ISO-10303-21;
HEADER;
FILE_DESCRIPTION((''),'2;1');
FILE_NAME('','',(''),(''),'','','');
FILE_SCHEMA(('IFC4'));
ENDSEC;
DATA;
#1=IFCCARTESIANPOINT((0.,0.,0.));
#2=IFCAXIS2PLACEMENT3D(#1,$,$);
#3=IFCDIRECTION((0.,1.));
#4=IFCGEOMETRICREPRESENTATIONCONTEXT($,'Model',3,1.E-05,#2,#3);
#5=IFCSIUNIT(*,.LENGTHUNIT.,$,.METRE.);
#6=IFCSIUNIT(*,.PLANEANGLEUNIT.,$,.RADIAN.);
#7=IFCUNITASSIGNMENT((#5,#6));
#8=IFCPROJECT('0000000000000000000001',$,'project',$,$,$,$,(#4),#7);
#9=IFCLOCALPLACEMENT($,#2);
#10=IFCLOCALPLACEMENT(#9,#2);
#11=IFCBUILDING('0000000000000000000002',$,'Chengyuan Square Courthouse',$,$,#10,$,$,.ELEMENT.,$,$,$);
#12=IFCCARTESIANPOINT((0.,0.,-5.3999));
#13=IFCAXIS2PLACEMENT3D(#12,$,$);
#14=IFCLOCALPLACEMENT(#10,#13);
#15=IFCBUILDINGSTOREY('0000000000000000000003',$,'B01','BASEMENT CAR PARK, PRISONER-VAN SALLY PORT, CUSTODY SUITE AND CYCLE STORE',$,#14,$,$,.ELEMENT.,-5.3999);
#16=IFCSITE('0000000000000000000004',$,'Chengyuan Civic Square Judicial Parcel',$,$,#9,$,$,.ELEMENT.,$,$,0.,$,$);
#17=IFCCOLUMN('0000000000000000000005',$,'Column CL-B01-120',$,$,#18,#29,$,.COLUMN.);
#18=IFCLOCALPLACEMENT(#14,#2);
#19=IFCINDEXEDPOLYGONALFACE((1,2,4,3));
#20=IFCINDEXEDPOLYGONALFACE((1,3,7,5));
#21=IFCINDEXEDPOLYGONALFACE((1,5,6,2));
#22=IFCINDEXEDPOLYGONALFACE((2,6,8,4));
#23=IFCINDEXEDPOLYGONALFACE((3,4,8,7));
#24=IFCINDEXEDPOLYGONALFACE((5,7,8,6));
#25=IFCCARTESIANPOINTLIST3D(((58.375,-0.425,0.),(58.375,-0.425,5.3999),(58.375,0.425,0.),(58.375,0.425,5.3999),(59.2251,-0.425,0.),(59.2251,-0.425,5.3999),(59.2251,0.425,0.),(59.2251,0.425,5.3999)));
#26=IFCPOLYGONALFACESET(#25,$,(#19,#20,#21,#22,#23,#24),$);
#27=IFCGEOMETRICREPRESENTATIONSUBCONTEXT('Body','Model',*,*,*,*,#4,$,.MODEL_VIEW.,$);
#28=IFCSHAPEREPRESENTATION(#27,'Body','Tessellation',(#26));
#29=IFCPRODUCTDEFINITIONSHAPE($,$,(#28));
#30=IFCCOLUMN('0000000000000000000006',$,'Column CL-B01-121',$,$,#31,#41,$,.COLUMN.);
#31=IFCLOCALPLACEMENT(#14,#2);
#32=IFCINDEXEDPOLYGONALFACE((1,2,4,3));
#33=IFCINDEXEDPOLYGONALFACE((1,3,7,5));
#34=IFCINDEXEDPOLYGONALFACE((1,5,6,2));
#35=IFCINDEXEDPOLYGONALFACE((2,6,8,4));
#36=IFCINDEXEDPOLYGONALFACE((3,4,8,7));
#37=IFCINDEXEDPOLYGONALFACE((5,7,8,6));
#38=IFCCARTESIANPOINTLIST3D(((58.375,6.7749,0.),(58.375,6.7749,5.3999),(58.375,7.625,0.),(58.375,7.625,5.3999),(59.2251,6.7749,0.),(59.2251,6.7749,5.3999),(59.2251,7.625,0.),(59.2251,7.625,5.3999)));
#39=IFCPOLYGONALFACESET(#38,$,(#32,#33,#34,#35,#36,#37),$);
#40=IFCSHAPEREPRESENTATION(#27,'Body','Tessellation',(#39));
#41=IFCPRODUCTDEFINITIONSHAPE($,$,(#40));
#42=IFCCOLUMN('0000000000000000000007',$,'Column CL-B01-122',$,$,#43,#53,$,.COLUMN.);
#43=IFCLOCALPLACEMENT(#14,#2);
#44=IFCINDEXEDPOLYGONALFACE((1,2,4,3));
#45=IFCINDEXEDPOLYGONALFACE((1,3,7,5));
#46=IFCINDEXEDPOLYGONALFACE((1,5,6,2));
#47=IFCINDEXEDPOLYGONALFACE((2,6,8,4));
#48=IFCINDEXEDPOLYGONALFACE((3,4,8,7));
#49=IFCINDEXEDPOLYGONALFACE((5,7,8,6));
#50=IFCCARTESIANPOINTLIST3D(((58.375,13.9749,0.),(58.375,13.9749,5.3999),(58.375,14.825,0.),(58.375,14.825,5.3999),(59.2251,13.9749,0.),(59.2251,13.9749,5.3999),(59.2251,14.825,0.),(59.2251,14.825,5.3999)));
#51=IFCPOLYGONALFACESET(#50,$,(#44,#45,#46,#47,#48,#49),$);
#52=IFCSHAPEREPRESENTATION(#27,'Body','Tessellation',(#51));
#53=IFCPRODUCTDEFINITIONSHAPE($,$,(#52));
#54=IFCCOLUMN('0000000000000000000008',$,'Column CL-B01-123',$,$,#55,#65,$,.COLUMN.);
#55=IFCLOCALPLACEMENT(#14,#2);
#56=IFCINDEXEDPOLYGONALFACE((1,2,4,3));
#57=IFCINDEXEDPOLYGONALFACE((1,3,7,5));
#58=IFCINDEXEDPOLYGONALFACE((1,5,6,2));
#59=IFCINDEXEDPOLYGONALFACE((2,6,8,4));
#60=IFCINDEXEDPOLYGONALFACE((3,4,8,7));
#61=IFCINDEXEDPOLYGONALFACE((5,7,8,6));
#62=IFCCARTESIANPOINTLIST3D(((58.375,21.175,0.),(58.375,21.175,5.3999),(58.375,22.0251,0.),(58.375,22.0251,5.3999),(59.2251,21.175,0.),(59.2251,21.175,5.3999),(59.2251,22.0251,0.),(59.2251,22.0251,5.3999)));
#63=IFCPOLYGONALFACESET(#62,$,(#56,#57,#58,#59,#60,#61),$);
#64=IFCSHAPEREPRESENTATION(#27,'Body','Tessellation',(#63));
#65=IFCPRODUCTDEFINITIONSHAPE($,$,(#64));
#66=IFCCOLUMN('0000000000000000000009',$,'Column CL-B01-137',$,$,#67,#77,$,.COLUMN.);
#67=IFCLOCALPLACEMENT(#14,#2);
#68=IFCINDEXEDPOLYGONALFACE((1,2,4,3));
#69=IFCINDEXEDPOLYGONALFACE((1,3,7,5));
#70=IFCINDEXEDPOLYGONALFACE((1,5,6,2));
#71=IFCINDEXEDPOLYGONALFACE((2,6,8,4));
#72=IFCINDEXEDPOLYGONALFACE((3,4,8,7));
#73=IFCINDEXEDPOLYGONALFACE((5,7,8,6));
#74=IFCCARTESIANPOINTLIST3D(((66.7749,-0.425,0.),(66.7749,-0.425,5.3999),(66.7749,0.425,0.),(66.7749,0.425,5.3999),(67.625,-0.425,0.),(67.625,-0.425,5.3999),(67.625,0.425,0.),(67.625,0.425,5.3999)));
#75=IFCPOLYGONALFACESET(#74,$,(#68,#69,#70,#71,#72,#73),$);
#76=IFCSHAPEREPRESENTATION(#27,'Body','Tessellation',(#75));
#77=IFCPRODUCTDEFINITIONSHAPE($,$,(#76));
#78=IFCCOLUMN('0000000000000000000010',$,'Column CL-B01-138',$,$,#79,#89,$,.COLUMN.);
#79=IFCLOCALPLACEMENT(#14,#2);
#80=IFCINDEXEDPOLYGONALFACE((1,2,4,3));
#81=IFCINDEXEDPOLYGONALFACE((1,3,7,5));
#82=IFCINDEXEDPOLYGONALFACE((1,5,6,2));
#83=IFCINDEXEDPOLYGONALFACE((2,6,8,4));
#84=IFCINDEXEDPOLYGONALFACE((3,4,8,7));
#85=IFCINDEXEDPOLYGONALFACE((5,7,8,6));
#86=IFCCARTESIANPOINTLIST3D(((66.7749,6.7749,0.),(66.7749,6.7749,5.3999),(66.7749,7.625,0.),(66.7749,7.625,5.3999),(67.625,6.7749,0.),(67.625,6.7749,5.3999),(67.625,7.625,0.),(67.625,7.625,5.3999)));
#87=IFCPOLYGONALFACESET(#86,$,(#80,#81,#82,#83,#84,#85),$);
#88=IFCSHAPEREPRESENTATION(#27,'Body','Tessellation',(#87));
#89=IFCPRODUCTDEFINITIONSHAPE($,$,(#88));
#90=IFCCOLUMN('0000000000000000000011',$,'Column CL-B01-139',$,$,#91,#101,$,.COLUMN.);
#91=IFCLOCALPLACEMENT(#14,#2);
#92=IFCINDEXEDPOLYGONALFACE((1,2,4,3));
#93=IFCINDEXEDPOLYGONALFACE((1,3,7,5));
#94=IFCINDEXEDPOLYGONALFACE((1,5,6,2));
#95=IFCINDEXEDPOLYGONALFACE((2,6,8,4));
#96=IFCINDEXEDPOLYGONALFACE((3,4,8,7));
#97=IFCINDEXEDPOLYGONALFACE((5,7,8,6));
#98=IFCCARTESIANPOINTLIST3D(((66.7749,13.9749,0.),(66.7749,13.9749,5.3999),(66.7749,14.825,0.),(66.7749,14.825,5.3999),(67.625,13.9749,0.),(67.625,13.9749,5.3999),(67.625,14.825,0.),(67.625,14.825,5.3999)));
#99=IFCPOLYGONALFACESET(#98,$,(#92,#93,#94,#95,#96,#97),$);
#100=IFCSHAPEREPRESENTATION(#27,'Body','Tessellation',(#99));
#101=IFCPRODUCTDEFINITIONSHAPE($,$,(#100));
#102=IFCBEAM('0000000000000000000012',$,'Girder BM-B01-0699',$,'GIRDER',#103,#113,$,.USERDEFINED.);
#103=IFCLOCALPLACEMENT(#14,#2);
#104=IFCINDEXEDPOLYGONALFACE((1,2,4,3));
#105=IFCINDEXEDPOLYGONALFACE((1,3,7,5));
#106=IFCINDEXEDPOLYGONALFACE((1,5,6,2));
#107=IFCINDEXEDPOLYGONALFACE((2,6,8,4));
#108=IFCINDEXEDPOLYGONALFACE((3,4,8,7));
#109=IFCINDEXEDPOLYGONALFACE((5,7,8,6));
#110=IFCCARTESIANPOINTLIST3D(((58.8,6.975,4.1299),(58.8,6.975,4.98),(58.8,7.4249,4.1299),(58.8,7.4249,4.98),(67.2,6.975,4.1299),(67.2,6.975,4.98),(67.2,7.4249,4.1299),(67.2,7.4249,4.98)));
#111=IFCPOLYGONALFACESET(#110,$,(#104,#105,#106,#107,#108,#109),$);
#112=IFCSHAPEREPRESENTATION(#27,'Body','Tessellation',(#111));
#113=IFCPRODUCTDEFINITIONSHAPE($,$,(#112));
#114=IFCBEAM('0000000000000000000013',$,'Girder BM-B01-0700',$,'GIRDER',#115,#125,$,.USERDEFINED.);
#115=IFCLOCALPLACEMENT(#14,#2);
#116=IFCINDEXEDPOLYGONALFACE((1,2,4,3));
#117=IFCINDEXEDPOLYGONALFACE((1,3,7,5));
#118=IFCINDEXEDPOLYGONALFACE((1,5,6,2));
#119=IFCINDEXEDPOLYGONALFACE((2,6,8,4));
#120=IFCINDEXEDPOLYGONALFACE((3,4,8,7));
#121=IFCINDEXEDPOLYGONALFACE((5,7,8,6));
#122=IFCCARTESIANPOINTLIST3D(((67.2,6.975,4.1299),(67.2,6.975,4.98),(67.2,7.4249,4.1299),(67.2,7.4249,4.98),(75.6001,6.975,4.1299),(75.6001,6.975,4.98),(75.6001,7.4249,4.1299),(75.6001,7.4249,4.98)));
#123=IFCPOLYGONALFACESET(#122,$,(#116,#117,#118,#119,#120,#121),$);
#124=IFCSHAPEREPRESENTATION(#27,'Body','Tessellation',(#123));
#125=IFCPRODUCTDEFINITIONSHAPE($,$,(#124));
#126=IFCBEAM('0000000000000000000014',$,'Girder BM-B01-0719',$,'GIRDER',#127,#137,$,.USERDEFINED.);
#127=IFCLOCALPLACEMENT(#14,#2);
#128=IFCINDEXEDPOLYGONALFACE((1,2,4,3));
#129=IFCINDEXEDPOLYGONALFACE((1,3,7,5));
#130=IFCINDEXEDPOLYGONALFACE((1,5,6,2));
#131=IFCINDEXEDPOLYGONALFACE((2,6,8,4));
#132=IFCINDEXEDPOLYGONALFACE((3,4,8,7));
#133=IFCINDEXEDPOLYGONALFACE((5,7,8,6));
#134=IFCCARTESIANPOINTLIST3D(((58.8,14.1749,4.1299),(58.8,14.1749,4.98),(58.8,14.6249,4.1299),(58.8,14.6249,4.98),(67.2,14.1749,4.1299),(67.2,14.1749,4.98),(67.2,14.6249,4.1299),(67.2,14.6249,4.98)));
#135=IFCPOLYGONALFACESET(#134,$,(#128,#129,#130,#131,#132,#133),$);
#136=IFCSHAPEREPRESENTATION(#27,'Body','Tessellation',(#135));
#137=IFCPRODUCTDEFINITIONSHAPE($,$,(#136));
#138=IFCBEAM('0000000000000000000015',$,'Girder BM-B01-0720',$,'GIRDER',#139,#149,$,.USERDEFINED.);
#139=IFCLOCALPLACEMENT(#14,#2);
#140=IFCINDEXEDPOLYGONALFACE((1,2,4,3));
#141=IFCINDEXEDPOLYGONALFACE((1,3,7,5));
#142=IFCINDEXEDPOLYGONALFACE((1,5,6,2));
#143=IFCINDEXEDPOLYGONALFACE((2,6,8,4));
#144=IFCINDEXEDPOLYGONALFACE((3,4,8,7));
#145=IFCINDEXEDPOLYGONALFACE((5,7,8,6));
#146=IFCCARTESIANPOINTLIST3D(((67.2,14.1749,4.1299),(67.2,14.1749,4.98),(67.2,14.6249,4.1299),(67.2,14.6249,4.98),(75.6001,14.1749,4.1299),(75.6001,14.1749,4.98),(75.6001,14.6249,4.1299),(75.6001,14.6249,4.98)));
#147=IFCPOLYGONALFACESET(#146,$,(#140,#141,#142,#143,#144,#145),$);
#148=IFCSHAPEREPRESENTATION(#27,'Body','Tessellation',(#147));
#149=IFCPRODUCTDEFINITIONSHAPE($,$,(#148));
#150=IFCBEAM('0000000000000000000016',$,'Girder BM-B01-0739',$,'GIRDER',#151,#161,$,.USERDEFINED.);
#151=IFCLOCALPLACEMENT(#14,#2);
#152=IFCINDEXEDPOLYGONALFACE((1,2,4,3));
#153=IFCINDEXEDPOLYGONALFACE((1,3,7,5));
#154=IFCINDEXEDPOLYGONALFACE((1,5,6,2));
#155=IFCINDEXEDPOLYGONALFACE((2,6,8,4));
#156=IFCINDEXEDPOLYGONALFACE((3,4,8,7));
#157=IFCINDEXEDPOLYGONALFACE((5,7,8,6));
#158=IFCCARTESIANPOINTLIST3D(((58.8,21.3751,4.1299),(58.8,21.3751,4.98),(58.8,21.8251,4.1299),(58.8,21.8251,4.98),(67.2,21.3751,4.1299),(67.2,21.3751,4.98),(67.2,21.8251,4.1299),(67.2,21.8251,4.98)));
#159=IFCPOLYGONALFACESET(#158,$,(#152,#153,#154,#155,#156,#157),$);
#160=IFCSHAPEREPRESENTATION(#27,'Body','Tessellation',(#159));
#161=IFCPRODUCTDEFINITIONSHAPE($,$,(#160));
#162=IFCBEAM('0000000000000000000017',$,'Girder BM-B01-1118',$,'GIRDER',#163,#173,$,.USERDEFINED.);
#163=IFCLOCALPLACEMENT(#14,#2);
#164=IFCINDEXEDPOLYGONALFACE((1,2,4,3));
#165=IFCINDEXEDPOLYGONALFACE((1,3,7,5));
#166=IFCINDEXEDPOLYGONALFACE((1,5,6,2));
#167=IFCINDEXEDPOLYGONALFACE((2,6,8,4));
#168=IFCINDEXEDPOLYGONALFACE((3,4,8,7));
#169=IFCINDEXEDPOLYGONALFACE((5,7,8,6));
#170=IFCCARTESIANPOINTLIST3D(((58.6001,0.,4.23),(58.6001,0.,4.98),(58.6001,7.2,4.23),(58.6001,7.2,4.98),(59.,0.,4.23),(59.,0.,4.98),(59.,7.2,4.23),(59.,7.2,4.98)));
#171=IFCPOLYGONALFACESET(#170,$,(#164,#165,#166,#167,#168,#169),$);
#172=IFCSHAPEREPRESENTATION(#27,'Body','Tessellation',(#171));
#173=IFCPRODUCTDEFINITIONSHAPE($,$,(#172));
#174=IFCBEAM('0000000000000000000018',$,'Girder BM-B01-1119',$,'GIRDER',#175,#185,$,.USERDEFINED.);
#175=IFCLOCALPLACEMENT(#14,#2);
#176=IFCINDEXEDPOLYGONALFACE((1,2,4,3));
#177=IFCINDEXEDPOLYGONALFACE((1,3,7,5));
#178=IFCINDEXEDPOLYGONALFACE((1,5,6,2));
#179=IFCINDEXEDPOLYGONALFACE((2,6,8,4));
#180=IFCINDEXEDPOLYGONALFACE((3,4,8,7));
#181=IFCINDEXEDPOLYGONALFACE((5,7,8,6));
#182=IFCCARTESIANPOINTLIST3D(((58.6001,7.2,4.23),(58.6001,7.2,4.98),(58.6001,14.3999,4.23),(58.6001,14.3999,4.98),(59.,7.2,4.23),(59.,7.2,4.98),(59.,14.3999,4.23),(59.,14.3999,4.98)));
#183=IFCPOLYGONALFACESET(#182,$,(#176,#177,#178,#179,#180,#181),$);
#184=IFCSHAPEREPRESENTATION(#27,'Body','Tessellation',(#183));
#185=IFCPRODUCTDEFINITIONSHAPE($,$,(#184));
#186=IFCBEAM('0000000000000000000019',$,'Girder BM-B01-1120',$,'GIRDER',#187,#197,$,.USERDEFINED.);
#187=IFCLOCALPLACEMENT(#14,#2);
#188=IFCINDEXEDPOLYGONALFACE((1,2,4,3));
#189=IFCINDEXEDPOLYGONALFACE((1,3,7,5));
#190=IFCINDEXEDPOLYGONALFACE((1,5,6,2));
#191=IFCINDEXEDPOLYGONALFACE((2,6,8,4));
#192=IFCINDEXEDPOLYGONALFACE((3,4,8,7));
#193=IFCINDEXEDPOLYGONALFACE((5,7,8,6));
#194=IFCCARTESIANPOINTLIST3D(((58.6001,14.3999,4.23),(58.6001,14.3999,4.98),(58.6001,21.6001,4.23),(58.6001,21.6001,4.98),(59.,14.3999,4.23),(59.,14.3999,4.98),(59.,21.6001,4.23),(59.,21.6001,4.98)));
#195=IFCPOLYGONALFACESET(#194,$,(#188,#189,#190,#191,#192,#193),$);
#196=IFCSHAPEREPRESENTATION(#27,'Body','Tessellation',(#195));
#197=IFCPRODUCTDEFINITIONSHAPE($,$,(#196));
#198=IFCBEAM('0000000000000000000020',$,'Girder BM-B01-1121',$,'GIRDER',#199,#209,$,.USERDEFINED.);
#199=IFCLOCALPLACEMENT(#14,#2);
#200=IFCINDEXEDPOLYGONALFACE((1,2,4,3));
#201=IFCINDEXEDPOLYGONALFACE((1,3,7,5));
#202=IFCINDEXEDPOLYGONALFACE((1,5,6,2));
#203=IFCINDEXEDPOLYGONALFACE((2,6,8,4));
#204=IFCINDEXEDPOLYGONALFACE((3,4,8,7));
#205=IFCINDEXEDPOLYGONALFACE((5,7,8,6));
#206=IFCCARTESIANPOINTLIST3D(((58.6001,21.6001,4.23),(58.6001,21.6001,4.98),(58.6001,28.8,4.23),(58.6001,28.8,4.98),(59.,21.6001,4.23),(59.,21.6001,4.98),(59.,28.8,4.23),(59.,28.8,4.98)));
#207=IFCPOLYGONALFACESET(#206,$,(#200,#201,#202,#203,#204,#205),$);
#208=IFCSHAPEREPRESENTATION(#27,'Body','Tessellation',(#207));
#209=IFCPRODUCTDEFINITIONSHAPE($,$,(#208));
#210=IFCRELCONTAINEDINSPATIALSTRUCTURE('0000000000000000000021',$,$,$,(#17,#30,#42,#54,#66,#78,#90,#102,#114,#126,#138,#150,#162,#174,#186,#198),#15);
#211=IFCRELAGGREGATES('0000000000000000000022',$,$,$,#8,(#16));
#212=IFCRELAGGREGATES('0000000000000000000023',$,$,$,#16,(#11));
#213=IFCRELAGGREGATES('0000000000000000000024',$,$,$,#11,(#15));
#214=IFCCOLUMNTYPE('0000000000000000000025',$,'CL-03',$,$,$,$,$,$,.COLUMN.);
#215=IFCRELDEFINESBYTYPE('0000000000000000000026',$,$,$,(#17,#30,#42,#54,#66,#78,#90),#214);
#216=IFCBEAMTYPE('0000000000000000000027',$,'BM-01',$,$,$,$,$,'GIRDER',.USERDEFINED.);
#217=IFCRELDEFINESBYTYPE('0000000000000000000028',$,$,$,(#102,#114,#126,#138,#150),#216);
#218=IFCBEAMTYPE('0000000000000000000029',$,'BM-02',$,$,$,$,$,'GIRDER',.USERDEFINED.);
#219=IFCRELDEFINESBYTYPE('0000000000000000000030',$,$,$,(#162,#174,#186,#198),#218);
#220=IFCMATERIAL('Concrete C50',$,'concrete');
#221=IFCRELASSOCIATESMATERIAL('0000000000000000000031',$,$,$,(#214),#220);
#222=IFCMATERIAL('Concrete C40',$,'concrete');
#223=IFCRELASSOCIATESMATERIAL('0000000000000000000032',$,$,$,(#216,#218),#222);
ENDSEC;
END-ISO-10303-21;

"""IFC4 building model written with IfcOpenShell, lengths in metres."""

from ifc_helpers import new_model, si_unit, direction, frame, origin, origin_2d, place, context, subcontext, project, spatial, rectangle, extrude, material, material_profile, profile_set, type_object, element, save


model = new_model("IFC4")

# Units and contexts
model_context = context("Model", 3, precision=1e-05, world=origin(), true_north=direction((0.0, 1.0)))
body_context = subcontext(model_context, "Body", "Model", "MODEL_VIEW")
ifc_project = project(units=[si_unit("LENGTHUNIT", "METRE"), si_unit("PLANEANGLEUNIT", "RADIAN")], contexts=[model_context])

# Site, building, storey
site_placement = place(None, origin())
site = spatial("IfcSite", under=ifc_project, at=site_placement, Name="Chengyuan Civic Square Judicial Parcel", CompositionType="ELEMENT", RefElevation=0.0)
building_placement = place(site_placement, origin())
building = spatial("IfcBuilding", under=site, at=building_placement, Name="Chengyuan Square Courthouse", CompositionType="ELEMENT")
storey_placement = place(building_placement, frame((0.0, 0.0, -5.3999)))
storey = spatial("IfcBuildingStorey", under=building, at=storey_placement, Name="B01", Description="BASEMENT CAR PARK, PRISONER-VAN SALLY PORT, CUSTODY SUITE AND CYCLE STORE", CompositionType="ELEMENT", Elevation=-5.3999)

# Columns
ifc_material_1 = material(Name="Concrete C50", Category="concrete")
ifc_material_profile_1 = material_profile(ifc_material_1, rectangle(XDim=0.8501, YDim=0.8501, at=origin_2d()), Name="RC-COL-850x850")
ifc_profile_set_1 = profile_set([ifc_material_profile_1], Name="Concrete C50")
column_type = type_object("IfcColumnType", Name="CL-03", PredefinedType="COLUMN", material=ifc_profile_set_1)
for number, where, z_axis, x_axis, name in (
    (1, (58.8, 0.0, 0.0), (0.0, 0.0, 1.0), (1.0, 0.0, 0.0), "Column CL-B01-120"),
    (2, (58.8, 7.2, 0.0), (0.0, 0.0, 1.0), (1.0, 0.0, 0.0), "Column CL-B01-121"),
    (3, (58.8, 14.3999, 0.0), (0.0, 0.0, 1.0), (1.0, 0.0, 0.0), "Column CL-B01-122"),
    (4, (58.8, 21.6001, 0.0), (0.0, 0.0, 1.0), (1.0, 0.0, 0.0), "Column CL-B01-123"),
    (5, (67.2, 0.0, 0.0), (0.0, 0.0, 1.0), (1.0, 0.0, 0.0), "Column CL-B01-137"),
    (6, (67.2, 7.2, 0.0), (0.0, 0.0, 1.0), (1.0, 0.0, 0.0), "Column CL-B01-138"),
    (7, (67.2, 14.3999, 0.0), (0.0, 0.0, 1.0), (1.0, 0.0, 0.0), "Column CL-B01-139"),
):
    element("IfcColumn", number, at=place(storey_placement, frame(where, z_axis=z_axis, x_axis=x_axis)), inside=storey, type_object=column_type, Name=name, PredefinedType="COLUMN", context=body_context, shape_type="SweptSolid", body=[
        extrude(rectangle(XDim=0.8501, YDim=0.8501, at=origin_2d()), origin(), (0.0, 0.0, 1.0), 5.3999),
    ])

# Beams
ifc_material_2 = material(Name="Concrete C40", Category="concrete")
ifc_material_profile_2 = material_profile(ifc_material_2, rectangle(XDim=0.45, YDim=0.8501, at=origin_2d()), Name="RC-BM-450x850")
ifc_profile_set_2 = profile_set([ifc_material_profile_2], Name="Concrete C40")
beam_type_1 = type_object("IfcBeamType", Name="BM-01", ElementType="GIRDER", PredefinedType="USERDEFINED", material=ifc_profile_set_2)
beam_1_placement = place(storey_placement, frame((58.8, 7.2, 4.5549), z_axis=(1.0, 0.0, 0.0), x_axis=(0.0, 1.0, 0.0)))
element("IfcBeam", 8, at=beam_1_placement, inside=storey, type_object=beam_type_1, Name="Girder BM-B01-0699", ObjectType="GIRDER", PredefinedType="USERDEFINED", context=body_context, shape_type="SweptSolid", body=[
    extrude(rectangle(XDim=0.45, YDim=0.8501, at=origin_2d()), origin(), (0.0, 0.0, 1.0), 8.3999),
])
beam_2_placement = place(storey_placement, frame((67.2, 7.2, 4.5549), z_axis=(1.0, 0.0, 0.0), x_axis=(0.0, 1.0, 0.0)))
element("IfcBeam", 9, at=beam_2_placement, inside=storey, type_object=beam_type_1, Name="Girder BM-B01-0700", ObjectType="GIRDER", PredefinedType="USERDEFINED", context=body_context, shape_type="SweptSolid", body=[
    extrude(rectangle(XDim=0.45, YDim=0.8501, at=origin_2d()), origin(), (0.0, 0.0, 1.0), 8.4001),
])
beam_3_placement = place(storey_placement, frame((58.8, 14.3999, 4.5549), z_axis=(1.0, 0.0, 0.0), x_axis=(0.0, 1.0, 0.0)))
element("IfcBeam", 10, at=beam_3_placement, inside=storey, type_object=beam_type_1, Name="Girder BM-B01-0719", ObjectType="GIRDER", PredefinedType="USERDEFINED", context=body_context, shape_type="SweptSolid", body=[
    extrude(rectangle(XDim=0.45, YDim=0.8501, at=origin_2d()), origin(), (0.0, 0.0, 1.0), 8.3999),
])
beam_4_placement = place(storey_placement, frame((67.2, 14.3999, 4.5549), z_axis=(1.0, 0.0, 0.0), x_axis=(0.0, 1.0, 0.0)))
element("IfcBeam", 11, at=beam_4_placement, inside=storey, type_object=beam_type_1, Name="Girder BM-B01-0720", ObjectType="GIRDER", PredefinedType="USERDEFINED", context=body_context, shape_type="SweptSolid", body=[
    extrude(rectangle(XDim=0.45, YDim=0.8501, at=origin_2d()), origin(), (0.0, 0.0, 1.0), 8.4001),
])
beam_5_placement = place(storey_placement, frame((58.8, 21.6001, 4.5549), z_axis=(1.0, 0.0, 0.0), x_axis=(0.0, 1.0, 0.0)))
element("IfcBeam", 12, at=beam_5_placement, inside=storey, type_object=beam_type_1, Name="Girder BM-B01-0739", ObjectType="GIRDER", PredefinedType="USERDEFINED", context=body_context, shape_type="SweptSolid", body=[
    extrude(rectangle(XDim=0.45, YDim=0.8501, at=origin_2d()), origin(), (0.0, 0.0, 1.0), 8.3999),
])
ifc_material_profile_3 = material_profile(ifc_material_2, rectangle(XDim=0.3999, YDim=0.75, at=origin_2d()), Name="RC-BM-400x750")
ifc_profile_set_3 = profile_set([ifc_material_profile_3], Name="Concrete C40")
beam_type_2 = type_object("IfcBeamType", Name="BM-02", ElementType="GIRDER", PredefinedType="USERDEFINED", material=ifc_profile_set_3)
for number, where, z_axis, x_axis, name in (
    (13, (58.8, 0.0, 4.605), (0.0, 1.0, 0.0), (-1.0, 0.0, 0.0), "Girder BM-B01-1118"),
    (14, (58.8, 7.2, 4.605), (0.0, 1.0, 0.0), (-1.0, 0.0, 0.0), "Girder BM-B01-1119"),
):
    element("IfcBeam", number, at=place(storey_placement, frame(where, z_axis=z_axis, x_axis=x_axis)), inside=storey, type_object=beam_type_2, Name=name, ObjectType="GIRDER", PredefinedType="USERDEFINED", context=body_context, shape_type="SweptSolid", body=[
        extrude(rectangle(XDim=0.3999, YDim=0.75, at=origin_2d()), origin(), (0.0, 0.0, 1.0), 7.2),
    ])
beam_6_placement = place(storey_placement, frame((58.8, 14.3999, 4.605), z_axis=(0.0, 1.0, 0.0), x_axis=(-1.0, 0.0, 0.0)))
element("IfcBeam", 15, at=beam_6_placement, inside=storey, type_object=beam_type_2, Name="Girder BM-B01-1120", ObjectType="GIRDER", PredefinedType="USERDEFINED", context=body_context, shape_type="SweptSolid", body=[
    extrude(rectangle(XDim=0.3999, YDim=0.75, at=origin_2d()), origin(), (0.0, 0.0, 1.0), 7.2002),
])
for number, where, z_axis, x_axis, name in (
    (16, (58.8, 21.6001, 4.605), (0.0, 1.0, 0.0), (-1.0, 0.0, 0.0), "Girder BM-B01-1121"),
):
    element("IfcBeam", number, at=place(storey_placement, frame(where, z_axis=z_axis, x_axis=x_axis)), inside=storey, type_object=beam_type_2, Name=name, ObjectType="GIRDER", PredefinedType="USERDEFINED", context=body_context, shape_type="SweptSolid", body=[
        extrude(rectangle(XDim=0.3999, YDim=0.75, at=origin_2d()), origin(), (0.0, 0.0, 1.0), 7.2),
    ])

save(model, "model.ifc")
